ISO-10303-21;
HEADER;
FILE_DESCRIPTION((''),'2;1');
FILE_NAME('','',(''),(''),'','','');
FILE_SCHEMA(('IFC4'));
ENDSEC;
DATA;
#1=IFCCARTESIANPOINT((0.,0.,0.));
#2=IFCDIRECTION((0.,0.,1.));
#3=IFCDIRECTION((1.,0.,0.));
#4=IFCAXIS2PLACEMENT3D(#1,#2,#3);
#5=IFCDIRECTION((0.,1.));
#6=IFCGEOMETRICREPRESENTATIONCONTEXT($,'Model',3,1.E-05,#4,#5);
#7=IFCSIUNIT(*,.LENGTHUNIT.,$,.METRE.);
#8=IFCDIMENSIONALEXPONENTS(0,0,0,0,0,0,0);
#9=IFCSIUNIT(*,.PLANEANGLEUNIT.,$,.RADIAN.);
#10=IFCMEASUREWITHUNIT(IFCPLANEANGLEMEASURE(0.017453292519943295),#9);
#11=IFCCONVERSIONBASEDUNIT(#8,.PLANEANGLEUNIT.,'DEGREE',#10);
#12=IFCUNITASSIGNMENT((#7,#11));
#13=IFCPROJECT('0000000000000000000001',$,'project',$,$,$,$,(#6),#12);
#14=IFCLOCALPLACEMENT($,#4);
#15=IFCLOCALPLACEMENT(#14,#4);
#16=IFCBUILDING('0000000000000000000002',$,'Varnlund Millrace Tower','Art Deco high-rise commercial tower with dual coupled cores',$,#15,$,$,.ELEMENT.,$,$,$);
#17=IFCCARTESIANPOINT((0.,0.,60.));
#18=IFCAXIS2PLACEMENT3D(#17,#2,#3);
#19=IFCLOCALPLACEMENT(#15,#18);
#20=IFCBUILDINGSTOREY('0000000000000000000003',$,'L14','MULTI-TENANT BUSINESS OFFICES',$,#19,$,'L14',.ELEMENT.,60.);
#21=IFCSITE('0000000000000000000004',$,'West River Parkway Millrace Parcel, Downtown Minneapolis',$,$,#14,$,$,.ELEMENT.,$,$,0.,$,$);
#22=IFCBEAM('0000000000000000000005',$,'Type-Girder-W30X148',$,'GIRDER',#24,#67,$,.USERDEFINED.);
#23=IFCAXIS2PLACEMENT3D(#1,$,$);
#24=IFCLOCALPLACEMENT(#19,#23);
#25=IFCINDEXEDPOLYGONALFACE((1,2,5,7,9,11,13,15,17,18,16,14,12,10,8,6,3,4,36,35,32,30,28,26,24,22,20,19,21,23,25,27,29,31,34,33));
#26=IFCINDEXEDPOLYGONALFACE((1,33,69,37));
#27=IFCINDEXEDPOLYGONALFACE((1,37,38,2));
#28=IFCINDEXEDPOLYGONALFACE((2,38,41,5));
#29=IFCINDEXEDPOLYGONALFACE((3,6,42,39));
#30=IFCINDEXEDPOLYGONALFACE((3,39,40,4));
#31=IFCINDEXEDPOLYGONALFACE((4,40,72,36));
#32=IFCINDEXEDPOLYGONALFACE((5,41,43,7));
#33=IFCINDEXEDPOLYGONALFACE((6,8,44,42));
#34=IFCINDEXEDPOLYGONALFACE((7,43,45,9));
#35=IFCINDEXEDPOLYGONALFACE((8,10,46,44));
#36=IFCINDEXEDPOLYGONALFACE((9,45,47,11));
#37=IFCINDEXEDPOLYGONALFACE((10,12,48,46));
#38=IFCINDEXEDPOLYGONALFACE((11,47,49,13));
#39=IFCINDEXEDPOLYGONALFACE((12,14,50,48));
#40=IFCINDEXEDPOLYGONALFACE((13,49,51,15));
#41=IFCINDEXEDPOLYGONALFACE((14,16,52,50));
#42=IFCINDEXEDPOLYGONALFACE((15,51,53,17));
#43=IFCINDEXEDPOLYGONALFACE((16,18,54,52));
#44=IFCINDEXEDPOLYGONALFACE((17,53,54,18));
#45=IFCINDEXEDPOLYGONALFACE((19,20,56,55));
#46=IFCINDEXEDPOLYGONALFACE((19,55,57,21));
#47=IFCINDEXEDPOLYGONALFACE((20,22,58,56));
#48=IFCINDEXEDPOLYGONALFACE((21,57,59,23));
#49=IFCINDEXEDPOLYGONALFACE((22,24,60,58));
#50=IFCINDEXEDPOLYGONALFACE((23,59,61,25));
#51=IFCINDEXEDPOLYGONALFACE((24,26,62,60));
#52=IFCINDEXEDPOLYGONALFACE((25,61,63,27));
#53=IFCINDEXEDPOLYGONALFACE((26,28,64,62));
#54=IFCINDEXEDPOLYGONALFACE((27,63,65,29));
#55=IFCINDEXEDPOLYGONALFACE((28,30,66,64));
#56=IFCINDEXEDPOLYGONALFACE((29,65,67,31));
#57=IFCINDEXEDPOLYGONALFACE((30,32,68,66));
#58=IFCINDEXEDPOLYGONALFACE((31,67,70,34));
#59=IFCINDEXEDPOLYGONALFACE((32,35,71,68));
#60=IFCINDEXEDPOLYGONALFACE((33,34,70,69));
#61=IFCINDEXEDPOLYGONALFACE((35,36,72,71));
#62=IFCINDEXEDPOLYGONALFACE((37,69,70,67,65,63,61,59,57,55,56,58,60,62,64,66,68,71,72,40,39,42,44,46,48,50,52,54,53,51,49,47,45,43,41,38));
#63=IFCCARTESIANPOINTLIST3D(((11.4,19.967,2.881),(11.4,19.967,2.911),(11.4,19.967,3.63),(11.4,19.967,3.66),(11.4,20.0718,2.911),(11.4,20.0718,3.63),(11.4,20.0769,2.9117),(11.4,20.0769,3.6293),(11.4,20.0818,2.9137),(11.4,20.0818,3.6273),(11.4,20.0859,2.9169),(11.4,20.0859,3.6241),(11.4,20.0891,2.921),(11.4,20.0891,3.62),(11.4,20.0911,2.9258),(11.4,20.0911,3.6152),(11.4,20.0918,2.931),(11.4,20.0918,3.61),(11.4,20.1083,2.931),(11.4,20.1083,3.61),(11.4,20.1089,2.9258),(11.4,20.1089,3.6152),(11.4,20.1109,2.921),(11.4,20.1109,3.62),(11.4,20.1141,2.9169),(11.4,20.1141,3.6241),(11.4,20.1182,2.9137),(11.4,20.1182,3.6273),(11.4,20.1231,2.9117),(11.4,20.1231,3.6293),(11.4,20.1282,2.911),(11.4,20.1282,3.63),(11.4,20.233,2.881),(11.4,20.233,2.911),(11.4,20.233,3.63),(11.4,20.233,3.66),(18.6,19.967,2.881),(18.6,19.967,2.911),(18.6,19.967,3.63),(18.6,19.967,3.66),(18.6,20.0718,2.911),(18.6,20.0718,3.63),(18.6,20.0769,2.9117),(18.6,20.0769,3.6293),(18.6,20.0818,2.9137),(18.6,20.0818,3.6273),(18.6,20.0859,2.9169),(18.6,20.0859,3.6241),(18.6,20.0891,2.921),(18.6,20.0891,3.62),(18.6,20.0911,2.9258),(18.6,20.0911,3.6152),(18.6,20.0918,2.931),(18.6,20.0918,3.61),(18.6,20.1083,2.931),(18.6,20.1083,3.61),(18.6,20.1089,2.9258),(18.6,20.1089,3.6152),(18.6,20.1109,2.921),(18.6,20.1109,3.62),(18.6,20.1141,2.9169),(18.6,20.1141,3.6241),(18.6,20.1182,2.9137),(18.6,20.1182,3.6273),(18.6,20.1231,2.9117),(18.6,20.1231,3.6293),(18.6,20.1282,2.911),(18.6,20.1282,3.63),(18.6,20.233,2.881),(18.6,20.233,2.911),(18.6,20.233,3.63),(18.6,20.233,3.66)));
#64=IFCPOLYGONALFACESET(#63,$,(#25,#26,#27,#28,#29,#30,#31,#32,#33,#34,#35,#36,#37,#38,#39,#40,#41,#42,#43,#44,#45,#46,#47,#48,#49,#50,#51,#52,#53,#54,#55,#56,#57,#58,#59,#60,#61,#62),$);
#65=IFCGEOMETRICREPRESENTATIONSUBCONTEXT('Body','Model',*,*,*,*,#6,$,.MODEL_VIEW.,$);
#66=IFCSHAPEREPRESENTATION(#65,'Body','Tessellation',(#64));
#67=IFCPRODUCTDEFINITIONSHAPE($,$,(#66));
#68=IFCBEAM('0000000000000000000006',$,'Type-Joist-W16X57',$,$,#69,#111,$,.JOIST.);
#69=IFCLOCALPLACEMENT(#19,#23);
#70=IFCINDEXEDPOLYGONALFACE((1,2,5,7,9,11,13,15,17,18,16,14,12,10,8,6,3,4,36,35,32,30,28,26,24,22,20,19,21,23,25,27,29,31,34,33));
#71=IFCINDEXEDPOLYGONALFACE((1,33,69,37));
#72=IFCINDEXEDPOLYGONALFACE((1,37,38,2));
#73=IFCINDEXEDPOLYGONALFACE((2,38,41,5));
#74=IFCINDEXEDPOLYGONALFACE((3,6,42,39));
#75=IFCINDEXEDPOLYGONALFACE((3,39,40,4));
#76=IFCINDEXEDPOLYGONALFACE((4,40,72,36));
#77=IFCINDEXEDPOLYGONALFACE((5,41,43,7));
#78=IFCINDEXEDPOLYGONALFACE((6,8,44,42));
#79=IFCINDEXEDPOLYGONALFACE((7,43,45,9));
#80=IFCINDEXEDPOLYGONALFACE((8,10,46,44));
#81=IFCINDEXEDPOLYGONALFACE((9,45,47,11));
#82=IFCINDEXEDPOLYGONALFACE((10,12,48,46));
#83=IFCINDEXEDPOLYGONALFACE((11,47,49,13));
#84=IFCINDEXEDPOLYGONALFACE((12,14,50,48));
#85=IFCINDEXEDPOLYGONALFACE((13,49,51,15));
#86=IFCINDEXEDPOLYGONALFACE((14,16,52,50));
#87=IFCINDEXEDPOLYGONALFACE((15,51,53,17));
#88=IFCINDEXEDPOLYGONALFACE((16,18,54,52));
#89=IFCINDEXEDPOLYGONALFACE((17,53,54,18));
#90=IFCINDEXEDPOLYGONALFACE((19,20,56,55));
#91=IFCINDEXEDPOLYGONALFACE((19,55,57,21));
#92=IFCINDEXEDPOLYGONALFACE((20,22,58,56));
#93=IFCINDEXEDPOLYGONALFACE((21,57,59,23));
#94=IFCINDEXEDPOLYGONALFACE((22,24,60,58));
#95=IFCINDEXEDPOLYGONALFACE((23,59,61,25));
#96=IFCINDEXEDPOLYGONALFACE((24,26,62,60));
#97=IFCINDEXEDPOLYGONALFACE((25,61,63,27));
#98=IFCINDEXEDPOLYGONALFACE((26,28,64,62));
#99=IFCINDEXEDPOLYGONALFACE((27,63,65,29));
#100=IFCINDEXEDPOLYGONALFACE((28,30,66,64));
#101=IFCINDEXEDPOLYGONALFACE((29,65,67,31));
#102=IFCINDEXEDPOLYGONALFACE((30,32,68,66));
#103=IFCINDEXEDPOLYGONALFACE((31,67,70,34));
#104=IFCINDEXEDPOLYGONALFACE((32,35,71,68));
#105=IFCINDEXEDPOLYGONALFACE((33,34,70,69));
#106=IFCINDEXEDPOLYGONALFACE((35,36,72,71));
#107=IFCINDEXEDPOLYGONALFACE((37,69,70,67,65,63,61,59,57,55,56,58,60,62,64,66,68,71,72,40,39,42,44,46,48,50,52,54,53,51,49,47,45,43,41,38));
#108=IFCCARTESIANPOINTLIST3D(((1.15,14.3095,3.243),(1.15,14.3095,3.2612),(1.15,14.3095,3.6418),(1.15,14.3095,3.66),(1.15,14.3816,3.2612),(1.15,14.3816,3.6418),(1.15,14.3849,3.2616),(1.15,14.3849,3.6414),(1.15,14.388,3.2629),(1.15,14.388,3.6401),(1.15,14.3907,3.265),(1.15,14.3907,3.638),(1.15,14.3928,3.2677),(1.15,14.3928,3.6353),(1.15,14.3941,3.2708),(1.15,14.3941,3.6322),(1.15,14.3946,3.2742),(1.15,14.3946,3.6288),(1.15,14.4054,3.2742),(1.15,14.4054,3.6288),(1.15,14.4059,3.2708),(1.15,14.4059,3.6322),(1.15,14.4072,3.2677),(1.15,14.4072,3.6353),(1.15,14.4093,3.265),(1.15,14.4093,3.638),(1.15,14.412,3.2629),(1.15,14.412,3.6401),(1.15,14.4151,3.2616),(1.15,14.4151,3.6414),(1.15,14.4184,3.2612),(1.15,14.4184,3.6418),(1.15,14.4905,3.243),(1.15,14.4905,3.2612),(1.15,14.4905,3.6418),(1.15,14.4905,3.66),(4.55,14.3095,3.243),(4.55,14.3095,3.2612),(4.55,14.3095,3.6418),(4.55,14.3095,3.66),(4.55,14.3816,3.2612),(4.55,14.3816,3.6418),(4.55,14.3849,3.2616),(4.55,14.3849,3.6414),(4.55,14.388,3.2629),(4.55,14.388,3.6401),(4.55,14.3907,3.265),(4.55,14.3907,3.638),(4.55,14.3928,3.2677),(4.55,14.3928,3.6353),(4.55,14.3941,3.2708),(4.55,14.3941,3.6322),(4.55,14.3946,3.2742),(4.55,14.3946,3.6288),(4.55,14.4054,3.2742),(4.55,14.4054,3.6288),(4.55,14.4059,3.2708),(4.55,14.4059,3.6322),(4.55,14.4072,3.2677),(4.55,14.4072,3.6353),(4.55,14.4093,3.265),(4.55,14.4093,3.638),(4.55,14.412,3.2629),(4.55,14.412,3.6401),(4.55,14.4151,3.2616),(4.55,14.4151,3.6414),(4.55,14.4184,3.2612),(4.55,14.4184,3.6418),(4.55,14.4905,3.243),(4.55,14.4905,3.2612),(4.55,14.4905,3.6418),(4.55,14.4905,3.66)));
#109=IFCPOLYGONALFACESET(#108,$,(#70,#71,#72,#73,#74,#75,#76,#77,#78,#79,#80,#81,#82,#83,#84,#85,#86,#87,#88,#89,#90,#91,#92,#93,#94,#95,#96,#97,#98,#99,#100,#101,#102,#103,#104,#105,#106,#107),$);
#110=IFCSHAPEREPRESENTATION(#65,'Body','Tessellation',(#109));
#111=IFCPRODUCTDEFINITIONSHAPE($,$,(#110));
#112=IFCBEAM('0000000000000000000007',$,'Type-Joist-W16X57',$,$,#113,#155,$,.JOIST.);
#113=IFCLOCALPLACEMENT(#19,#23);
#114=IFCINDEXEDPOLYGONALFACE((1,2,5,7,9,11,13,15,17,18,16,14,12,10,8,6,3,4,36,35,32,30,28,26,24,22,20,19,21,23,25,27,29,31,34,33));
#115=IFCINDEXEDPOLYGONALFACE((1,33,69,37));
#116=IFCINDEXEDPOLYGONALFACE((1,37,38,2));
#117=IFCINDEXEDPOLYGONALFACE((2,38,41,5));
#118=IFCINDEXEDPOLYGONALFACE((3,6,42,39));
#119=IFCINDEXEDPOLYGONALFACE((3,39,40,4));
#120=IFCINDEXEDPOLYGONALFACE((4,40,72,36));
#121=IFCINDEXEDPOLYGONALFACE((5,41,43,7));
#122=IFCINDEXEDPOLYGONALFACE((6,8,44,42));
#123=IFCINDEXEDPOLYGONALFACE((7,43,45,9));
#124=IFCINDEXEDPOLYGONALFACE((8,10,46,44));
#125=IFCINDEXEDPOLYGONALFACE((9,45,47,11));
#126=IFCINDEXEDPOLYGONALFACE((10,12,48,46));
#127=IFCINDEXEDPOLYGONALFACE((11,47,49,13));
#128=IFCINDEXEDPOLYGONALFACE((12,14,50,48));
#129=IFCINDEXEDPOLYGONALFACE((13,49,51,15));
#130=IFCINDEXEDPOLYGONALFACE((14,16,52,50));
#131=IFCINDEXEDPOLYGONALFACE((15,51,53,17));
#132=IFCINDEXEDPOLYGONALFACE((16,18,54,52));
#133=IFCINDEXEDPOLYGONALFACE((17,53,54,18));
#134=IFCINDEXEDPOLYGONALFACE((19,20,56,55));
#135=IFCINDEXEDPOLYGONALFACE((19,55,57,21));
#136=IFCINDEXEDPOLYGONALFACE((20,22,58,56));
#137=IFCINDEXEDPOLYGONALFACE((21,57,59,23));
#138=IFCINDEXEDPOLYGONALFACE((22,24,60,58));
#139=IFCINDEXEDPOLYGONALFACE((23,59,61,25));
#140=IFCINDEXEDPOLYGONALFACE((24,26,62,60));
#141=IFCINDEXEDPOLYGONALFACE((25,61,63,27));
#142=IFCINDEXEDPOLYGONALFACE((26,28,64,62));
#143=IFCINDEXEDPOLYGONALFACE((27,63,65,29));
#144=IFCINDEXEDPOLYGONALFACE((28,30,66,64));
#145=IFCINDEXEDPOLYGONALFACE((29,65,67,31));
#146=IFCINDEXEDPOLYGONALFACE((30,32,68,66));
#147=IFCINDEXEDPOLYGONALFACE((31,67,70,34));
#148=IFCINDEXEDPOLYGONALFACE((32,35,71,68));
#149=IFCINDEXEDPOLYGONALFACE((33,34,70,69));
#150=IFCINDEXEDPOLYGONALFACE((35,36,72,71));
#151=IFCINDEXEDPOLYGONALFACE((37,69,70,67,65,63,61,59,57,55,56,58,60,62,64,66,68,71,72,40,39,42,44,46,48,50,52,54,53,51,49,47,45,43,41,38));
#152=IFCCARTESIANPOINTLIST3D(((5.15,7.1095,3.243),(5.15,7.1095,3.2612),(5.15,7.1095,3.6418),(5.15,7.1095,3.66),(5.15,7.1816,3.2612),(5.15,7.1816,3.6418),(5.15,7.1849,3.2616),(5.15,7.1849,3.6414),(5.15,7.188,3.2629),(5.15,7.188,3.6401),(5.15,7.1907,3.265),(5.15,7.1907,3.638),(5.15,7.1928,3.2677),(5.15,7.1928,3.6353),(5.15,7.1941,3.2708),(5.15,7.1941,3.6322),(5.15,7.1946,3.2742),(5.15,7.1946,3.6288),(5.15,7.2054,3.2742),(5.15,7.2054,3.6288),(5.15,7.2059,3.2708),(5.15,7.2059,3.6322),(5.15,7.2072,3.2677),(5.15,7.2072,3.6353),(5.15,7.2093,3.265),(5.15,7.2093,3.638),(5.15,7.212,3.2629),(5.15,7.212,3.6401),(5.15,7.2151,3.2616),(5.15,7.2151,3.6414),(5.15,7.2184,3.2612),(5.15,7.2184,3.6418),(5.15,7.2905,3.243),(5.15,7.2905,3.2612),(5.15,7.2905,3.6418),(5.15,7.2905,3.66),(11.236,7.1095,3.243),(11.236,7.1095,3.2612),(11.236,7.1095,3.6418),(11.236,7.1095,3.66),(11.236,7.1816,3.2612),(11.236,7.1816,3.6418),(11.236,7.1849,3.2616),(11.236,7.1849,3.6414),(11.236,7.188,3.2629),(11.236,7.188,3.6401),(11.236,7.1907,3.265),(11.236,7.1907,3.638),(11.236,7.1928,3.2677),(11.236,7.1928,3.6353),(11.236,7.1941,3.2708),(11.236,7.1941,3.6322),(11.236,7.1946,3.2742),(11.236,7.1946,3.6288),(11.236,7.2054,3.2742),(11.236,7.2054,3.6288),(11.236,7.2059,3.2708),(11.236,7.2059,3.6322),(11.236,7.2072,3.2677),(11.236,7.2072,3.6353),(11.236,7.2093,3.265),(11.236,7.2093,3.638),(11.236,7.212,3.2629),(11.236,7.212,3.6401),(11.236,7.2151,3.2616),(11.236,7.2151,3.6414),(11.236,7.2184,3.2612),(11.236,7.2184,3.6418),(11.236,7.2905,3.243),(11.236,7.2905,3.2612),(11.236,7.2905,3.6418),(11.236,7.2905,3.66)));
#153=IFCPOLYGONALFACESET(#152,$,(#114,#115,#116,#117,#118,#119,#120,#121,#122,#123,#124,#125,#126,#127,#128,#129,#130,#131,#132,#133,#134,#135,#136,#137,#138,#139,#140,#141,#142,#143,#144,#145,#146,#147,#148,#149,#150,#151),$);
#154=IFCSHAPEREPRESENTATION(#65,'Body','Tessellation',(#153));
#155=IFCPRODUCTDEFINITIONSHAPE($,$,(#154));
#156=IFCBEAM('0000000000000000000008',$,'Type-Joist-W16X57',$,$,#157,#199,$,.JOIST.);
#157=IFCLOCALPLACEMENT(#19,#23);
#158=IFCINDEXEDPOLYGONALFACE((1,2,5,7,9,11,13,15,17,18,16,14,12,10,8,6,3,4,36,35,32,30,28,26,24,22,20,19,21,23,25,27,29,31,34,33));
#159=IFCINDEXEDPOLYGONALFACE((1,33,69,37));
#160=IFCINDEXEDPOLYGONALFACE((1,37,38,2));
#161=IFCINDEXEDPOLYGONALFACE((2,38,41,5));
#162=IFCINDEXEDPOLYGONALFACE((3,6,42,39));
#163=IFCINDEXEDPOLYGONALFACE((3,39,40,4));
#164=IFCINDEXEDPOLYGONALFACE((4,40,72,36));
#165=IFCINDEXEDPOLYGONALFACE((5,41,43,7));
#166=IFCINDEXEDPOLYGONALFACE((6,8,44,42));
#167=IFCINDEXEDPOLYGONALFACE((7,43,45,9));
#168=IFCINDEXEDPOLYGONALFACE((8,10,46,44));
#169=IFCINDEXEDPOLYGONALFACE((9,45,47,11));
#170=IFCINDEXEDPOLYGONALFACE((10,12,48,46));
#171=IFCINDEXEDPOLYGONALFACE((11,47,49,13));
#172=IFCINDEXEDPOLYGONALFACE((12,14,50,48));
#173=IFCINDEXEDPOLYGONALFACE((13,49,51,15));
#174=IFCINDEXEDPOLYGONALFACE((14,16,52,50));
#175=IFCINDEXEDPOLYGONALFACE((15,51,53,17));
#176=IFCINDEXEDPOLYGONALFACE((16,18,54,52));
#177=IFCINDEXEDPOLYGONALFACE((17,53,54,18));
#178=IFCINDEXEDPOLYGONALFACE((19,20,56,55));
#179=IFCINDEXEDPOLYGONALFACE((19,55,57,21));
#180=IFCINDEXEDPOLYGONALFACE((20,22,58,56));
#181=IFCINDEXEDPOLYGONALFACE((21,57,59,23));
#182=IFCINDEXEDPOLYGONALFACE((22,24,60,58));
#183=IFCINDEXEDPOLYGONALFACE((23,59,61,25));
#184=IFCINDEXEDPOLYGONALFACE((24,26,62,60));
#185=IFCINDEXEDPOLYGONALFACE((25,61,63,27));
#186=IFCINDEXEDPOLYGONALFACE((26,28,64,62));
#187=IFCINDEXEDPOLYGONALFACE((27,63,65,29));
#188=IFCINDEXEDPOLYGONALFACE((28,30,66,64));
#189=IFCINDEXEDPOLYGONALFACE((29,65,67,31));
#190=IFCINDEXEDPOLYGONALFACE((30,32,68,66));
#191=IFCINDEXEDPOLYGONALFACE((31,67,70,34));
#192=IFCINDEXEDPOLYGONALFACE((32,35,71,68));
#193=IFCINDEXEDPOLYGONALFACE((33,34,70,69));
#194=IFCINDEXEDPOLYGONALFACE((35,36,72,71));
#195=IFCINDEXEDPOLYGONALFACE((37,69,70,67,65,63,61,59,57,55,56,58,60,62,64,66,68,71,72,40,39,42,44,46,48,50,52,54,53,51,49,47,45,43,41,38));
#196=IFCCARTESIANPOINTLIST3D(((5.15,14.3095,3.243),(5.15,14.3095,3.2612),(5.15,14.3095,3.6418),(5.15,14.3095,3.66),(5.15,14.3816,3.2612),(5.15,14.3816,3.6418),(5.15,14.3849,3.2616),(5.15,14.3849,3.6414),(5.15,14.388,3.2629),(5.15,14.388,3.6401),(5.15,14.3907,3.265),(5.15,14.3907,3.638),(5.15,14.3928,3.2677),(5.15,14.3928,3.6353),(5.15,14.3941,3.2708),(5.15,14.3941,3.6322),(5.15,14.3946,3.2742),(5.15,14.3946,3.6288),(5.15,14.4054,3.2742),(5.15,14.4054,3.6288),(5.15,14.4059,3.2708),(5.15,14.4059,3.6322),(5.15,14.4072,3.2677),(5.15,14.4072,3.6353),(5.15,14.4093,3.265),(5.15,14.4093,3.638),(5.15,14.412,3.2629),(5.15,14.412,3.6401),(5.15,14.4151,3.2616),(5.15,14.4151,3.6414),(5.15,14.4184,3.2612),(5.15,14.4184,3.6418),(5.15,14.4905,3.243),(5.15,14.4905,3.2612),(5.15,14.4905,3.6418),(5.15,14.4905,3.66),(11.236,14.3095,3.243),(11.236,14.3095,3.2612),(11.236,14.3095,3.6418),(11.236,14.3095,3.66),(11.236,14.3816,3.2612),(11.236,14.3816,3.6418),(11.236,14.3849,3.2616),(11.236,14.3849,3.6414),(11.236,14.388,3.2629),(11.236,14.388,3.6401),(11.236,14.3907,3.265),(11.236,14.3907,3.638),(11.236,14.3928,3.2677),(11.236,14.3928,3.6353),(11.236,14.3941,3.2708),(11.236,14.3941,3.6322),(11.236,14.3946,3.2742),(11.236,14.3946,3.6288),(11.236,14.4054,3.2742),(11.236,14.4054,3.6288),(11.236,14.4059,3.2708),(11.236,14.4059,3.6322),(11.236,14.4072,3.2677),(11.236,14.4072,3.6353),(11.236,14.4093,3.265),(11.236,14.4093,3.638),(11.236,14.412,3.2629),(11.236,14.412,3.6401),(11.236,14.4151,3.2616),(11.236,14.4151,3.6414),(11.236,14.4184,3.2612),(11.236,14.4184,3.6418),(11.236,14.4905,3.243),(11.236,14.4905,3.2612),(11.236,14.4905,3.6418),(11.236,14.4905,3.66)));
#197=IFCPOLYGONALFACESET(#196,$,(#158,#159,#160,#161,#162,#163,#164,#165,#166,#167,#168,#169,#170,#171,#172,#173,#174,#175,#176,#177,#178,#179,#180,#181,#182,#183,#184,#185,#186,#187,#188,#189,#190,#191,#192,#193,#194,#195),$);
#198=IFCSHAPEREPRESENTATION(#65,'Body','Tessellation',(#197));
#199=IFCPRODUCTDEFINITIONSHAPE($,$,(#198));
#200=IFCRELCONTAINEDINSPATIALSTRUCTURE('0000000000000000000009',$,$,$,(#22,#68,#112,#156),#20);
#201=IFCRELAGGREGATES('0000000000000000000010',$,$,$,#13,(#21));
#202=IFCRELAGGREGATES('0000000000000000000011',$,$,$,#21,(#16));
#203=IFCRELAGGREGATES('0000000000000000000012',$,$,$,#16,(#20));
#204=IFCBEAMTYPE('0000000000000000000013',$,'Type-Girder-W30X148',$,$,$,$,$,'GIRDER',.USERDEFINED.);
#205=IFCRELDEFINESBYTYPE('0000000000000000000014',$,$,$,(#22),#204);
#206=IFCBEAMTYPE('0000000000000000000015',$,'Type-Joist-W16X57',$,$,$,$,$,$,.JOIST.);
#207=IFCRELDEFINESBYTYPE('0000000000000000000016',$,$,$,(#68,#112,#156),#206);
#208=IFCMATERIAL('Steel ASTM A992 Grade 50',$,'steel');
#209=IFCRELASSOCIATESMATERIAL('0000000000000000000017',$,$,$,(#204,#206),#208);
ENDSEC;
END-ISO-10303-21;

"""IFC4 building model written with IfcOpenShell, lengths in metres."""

from ifc_helpers import new_model, entity, si_unit, converted_unit, direction, frame, origin_with_axes, origin_2d_with_axis, place, context, subcontext, project, spatial, i_section, extrude, material, material_profile, profile_set, type_object, element, save


model = new_model("IFC4")

# Units and contexts
model_context = context("Model", 3, precision=1e-05, world=origin_with_axes(), true_north=direction((0.0, 1.0)))
body_context = subcontext(model_context, "Body", "Model", "MODEL_VIEW")
ifc_project = project(units=[si_unit("LENGTHUNIT", "METRE"), converted_unit("PLANEANGLEUNIT", "DEGREE", entity("IfcPlaneAngleMeasure", 0.017453292519943295), si_unit("PLANEANGLEUNIT", "RADIAN"), dimensions=[0, 0, 0, 0, 0, 0, 0])], contexts=[model_context])

# Site, building, storey
site_placement = place(None, origin_with_axes())
site = spatial("IfcSite", under=ifc_project, at=site_placement, Name="West River Parkway Millrace Parcel, Downtown Minneapolis", CompositionType="ELEMENT", RefElevation=0.0)
building_placement = place(site_placement, origin_with_axes())
building = spatial("IfcBuilding", under=site, at=building_placement, Name="Varnlund Millrace Tower", Description="Art Deco high-rise commercial tower with dual coupled cores", CompositionType="ELEMENT")
storey_placement = place(building_placement, frame((0.0, 0.0, 60.0), z_axis=(0.0, 0.0, 1.0), x_axis=(1.0, 0.0, 0.0)))
storey = spatial("IfcBuildingStorey", under=building, at=storey_placement, Name="L14", Description="MULTI-TENANT BUSINESS OFFICES", LongName="L14", CompositionType="ELEMENT", Elevation=60.0)

# Beams
ifc_material_1 = material(Name="Steel ASTM A992 Grade 50", Category="steel")
ifc_material_profile_1 = material_profile(ifc_material_1, i_section(OverallWidth=0.266, OverallDepth=0.779, WebThickness=0.0165, FlangeThickness=0.03, FilletRadius=0.02, at=origin_2d_with_axis()), Name="Steel ASTM A992 Grade 50")
ifc_profile_set_1 = profile_set([ifc_material_profile_1], Name="Steel ASTM A992 Grade 50")
beam_type_1 = type_object("IfcBeamType", Name="Type-Girder-W30X148", ElementType="GIRDER", PredefinedType="USERDEFINED", material=ifc_profile_set_1)
beam_1_placement = place(storey_placement, frame((11.4, 20.1, 3.2705), z_axis=(1.0, 0.0, 0.0), x_axis=(0.0, 1.0, 0.0)))
element("IfcBeam", 1, at=beam_1_placement, inside=storey, type_object=beam_type_1, Name="Type-Girder-W30X148", ObjectType="GIRDER", PredefinedType="USERDEFINED", context=body_context, shape_type="SweptSolid", body=[
    extrude(i_section(OverallWidth=0.266, OverallDepth=0.779, WebThickness=0.0165, FlangeThickness=0.03, FilletRadius=0.02, at=origin_2d_with_axis()), origin_with_axes(), (0.0, 0.0, 1.0), 7.2),
])
ifc_material_profile_2 = material_profile(ifc_material_1, i_section(OverallWidth=0.181, OverallDepth=0.417, WebThickness=0.0109, FlangeThickness=0.0182, FilletRadius=0.013, at=origin_2d_with_axis()), Name="Steel ASTM A992 Grade 50")
ifc_profile_set_2 = profile_set([ifc_material_profile_2], Name="Steel ASTM A992 Grade 50")
beam_type_2 = type_object("IfcBeamType", Name="Type-Joist-W16X57", PredefinedType="JOIST", material=ifc_profile_set_2)
beam_2_placement = place(storey_placement, frame((1.15, 14.4, 3.4515), z_axis=(1.0, 0.0, 0.0), x_axis=(0.0, 1.0, 0.0)))
element("IfcBeam", 2, at=beam_2_placement, inside=storey, type_object=beam_type_2, Name="Type-Joist-W16X57", PredefinedType="JOIST", context=body_context, shape_type="SweptSolid", body=[
    extrude(i_section(OverallWidth=0.181, OverallDepth=0.417, WebThickness=0.0109, FlangeThickness=0.0182, FilletRadius=0.013, at=origin_2d_with_axis()), origin_with_axes(), (0.0, 0.0, 1.0), 3.4),
])
for number, where, z_axis, x_axis, name in (
    (3, (5.15, 7.2, 3.4515), (1.0, 0.0, 0.0), (0.0, 1.0, 0.0), "Type-Joist-W16X57"),
    (4, (5.15, 14.4, 3.4515), (1.0, 0.0, 0.0), (0.0, 1.0, 0.0), "Type-Joist-W16X57"),
):
    element("IfcBeam", number, at=place(storey_placement, frame(where, z_axis=z_axis, x_axis=x_axis)), inside=storey, type_object=beam_type_2, Name=name, PredefinedType="JOIST", context=body_context, shape_type="SweptSolid", body=[
        extrude(i_section(OverallWidth=0.181, OverallDepth=0.417, WebThickness=0.0109, FlangeThickness=0.0182, FilletRadius=0.013, at=origin_2d_with_axis()), origin_with_axes(), (0.0, 0.0, 1.0), 6.086),
    ])

save(model, "model.ifc")
